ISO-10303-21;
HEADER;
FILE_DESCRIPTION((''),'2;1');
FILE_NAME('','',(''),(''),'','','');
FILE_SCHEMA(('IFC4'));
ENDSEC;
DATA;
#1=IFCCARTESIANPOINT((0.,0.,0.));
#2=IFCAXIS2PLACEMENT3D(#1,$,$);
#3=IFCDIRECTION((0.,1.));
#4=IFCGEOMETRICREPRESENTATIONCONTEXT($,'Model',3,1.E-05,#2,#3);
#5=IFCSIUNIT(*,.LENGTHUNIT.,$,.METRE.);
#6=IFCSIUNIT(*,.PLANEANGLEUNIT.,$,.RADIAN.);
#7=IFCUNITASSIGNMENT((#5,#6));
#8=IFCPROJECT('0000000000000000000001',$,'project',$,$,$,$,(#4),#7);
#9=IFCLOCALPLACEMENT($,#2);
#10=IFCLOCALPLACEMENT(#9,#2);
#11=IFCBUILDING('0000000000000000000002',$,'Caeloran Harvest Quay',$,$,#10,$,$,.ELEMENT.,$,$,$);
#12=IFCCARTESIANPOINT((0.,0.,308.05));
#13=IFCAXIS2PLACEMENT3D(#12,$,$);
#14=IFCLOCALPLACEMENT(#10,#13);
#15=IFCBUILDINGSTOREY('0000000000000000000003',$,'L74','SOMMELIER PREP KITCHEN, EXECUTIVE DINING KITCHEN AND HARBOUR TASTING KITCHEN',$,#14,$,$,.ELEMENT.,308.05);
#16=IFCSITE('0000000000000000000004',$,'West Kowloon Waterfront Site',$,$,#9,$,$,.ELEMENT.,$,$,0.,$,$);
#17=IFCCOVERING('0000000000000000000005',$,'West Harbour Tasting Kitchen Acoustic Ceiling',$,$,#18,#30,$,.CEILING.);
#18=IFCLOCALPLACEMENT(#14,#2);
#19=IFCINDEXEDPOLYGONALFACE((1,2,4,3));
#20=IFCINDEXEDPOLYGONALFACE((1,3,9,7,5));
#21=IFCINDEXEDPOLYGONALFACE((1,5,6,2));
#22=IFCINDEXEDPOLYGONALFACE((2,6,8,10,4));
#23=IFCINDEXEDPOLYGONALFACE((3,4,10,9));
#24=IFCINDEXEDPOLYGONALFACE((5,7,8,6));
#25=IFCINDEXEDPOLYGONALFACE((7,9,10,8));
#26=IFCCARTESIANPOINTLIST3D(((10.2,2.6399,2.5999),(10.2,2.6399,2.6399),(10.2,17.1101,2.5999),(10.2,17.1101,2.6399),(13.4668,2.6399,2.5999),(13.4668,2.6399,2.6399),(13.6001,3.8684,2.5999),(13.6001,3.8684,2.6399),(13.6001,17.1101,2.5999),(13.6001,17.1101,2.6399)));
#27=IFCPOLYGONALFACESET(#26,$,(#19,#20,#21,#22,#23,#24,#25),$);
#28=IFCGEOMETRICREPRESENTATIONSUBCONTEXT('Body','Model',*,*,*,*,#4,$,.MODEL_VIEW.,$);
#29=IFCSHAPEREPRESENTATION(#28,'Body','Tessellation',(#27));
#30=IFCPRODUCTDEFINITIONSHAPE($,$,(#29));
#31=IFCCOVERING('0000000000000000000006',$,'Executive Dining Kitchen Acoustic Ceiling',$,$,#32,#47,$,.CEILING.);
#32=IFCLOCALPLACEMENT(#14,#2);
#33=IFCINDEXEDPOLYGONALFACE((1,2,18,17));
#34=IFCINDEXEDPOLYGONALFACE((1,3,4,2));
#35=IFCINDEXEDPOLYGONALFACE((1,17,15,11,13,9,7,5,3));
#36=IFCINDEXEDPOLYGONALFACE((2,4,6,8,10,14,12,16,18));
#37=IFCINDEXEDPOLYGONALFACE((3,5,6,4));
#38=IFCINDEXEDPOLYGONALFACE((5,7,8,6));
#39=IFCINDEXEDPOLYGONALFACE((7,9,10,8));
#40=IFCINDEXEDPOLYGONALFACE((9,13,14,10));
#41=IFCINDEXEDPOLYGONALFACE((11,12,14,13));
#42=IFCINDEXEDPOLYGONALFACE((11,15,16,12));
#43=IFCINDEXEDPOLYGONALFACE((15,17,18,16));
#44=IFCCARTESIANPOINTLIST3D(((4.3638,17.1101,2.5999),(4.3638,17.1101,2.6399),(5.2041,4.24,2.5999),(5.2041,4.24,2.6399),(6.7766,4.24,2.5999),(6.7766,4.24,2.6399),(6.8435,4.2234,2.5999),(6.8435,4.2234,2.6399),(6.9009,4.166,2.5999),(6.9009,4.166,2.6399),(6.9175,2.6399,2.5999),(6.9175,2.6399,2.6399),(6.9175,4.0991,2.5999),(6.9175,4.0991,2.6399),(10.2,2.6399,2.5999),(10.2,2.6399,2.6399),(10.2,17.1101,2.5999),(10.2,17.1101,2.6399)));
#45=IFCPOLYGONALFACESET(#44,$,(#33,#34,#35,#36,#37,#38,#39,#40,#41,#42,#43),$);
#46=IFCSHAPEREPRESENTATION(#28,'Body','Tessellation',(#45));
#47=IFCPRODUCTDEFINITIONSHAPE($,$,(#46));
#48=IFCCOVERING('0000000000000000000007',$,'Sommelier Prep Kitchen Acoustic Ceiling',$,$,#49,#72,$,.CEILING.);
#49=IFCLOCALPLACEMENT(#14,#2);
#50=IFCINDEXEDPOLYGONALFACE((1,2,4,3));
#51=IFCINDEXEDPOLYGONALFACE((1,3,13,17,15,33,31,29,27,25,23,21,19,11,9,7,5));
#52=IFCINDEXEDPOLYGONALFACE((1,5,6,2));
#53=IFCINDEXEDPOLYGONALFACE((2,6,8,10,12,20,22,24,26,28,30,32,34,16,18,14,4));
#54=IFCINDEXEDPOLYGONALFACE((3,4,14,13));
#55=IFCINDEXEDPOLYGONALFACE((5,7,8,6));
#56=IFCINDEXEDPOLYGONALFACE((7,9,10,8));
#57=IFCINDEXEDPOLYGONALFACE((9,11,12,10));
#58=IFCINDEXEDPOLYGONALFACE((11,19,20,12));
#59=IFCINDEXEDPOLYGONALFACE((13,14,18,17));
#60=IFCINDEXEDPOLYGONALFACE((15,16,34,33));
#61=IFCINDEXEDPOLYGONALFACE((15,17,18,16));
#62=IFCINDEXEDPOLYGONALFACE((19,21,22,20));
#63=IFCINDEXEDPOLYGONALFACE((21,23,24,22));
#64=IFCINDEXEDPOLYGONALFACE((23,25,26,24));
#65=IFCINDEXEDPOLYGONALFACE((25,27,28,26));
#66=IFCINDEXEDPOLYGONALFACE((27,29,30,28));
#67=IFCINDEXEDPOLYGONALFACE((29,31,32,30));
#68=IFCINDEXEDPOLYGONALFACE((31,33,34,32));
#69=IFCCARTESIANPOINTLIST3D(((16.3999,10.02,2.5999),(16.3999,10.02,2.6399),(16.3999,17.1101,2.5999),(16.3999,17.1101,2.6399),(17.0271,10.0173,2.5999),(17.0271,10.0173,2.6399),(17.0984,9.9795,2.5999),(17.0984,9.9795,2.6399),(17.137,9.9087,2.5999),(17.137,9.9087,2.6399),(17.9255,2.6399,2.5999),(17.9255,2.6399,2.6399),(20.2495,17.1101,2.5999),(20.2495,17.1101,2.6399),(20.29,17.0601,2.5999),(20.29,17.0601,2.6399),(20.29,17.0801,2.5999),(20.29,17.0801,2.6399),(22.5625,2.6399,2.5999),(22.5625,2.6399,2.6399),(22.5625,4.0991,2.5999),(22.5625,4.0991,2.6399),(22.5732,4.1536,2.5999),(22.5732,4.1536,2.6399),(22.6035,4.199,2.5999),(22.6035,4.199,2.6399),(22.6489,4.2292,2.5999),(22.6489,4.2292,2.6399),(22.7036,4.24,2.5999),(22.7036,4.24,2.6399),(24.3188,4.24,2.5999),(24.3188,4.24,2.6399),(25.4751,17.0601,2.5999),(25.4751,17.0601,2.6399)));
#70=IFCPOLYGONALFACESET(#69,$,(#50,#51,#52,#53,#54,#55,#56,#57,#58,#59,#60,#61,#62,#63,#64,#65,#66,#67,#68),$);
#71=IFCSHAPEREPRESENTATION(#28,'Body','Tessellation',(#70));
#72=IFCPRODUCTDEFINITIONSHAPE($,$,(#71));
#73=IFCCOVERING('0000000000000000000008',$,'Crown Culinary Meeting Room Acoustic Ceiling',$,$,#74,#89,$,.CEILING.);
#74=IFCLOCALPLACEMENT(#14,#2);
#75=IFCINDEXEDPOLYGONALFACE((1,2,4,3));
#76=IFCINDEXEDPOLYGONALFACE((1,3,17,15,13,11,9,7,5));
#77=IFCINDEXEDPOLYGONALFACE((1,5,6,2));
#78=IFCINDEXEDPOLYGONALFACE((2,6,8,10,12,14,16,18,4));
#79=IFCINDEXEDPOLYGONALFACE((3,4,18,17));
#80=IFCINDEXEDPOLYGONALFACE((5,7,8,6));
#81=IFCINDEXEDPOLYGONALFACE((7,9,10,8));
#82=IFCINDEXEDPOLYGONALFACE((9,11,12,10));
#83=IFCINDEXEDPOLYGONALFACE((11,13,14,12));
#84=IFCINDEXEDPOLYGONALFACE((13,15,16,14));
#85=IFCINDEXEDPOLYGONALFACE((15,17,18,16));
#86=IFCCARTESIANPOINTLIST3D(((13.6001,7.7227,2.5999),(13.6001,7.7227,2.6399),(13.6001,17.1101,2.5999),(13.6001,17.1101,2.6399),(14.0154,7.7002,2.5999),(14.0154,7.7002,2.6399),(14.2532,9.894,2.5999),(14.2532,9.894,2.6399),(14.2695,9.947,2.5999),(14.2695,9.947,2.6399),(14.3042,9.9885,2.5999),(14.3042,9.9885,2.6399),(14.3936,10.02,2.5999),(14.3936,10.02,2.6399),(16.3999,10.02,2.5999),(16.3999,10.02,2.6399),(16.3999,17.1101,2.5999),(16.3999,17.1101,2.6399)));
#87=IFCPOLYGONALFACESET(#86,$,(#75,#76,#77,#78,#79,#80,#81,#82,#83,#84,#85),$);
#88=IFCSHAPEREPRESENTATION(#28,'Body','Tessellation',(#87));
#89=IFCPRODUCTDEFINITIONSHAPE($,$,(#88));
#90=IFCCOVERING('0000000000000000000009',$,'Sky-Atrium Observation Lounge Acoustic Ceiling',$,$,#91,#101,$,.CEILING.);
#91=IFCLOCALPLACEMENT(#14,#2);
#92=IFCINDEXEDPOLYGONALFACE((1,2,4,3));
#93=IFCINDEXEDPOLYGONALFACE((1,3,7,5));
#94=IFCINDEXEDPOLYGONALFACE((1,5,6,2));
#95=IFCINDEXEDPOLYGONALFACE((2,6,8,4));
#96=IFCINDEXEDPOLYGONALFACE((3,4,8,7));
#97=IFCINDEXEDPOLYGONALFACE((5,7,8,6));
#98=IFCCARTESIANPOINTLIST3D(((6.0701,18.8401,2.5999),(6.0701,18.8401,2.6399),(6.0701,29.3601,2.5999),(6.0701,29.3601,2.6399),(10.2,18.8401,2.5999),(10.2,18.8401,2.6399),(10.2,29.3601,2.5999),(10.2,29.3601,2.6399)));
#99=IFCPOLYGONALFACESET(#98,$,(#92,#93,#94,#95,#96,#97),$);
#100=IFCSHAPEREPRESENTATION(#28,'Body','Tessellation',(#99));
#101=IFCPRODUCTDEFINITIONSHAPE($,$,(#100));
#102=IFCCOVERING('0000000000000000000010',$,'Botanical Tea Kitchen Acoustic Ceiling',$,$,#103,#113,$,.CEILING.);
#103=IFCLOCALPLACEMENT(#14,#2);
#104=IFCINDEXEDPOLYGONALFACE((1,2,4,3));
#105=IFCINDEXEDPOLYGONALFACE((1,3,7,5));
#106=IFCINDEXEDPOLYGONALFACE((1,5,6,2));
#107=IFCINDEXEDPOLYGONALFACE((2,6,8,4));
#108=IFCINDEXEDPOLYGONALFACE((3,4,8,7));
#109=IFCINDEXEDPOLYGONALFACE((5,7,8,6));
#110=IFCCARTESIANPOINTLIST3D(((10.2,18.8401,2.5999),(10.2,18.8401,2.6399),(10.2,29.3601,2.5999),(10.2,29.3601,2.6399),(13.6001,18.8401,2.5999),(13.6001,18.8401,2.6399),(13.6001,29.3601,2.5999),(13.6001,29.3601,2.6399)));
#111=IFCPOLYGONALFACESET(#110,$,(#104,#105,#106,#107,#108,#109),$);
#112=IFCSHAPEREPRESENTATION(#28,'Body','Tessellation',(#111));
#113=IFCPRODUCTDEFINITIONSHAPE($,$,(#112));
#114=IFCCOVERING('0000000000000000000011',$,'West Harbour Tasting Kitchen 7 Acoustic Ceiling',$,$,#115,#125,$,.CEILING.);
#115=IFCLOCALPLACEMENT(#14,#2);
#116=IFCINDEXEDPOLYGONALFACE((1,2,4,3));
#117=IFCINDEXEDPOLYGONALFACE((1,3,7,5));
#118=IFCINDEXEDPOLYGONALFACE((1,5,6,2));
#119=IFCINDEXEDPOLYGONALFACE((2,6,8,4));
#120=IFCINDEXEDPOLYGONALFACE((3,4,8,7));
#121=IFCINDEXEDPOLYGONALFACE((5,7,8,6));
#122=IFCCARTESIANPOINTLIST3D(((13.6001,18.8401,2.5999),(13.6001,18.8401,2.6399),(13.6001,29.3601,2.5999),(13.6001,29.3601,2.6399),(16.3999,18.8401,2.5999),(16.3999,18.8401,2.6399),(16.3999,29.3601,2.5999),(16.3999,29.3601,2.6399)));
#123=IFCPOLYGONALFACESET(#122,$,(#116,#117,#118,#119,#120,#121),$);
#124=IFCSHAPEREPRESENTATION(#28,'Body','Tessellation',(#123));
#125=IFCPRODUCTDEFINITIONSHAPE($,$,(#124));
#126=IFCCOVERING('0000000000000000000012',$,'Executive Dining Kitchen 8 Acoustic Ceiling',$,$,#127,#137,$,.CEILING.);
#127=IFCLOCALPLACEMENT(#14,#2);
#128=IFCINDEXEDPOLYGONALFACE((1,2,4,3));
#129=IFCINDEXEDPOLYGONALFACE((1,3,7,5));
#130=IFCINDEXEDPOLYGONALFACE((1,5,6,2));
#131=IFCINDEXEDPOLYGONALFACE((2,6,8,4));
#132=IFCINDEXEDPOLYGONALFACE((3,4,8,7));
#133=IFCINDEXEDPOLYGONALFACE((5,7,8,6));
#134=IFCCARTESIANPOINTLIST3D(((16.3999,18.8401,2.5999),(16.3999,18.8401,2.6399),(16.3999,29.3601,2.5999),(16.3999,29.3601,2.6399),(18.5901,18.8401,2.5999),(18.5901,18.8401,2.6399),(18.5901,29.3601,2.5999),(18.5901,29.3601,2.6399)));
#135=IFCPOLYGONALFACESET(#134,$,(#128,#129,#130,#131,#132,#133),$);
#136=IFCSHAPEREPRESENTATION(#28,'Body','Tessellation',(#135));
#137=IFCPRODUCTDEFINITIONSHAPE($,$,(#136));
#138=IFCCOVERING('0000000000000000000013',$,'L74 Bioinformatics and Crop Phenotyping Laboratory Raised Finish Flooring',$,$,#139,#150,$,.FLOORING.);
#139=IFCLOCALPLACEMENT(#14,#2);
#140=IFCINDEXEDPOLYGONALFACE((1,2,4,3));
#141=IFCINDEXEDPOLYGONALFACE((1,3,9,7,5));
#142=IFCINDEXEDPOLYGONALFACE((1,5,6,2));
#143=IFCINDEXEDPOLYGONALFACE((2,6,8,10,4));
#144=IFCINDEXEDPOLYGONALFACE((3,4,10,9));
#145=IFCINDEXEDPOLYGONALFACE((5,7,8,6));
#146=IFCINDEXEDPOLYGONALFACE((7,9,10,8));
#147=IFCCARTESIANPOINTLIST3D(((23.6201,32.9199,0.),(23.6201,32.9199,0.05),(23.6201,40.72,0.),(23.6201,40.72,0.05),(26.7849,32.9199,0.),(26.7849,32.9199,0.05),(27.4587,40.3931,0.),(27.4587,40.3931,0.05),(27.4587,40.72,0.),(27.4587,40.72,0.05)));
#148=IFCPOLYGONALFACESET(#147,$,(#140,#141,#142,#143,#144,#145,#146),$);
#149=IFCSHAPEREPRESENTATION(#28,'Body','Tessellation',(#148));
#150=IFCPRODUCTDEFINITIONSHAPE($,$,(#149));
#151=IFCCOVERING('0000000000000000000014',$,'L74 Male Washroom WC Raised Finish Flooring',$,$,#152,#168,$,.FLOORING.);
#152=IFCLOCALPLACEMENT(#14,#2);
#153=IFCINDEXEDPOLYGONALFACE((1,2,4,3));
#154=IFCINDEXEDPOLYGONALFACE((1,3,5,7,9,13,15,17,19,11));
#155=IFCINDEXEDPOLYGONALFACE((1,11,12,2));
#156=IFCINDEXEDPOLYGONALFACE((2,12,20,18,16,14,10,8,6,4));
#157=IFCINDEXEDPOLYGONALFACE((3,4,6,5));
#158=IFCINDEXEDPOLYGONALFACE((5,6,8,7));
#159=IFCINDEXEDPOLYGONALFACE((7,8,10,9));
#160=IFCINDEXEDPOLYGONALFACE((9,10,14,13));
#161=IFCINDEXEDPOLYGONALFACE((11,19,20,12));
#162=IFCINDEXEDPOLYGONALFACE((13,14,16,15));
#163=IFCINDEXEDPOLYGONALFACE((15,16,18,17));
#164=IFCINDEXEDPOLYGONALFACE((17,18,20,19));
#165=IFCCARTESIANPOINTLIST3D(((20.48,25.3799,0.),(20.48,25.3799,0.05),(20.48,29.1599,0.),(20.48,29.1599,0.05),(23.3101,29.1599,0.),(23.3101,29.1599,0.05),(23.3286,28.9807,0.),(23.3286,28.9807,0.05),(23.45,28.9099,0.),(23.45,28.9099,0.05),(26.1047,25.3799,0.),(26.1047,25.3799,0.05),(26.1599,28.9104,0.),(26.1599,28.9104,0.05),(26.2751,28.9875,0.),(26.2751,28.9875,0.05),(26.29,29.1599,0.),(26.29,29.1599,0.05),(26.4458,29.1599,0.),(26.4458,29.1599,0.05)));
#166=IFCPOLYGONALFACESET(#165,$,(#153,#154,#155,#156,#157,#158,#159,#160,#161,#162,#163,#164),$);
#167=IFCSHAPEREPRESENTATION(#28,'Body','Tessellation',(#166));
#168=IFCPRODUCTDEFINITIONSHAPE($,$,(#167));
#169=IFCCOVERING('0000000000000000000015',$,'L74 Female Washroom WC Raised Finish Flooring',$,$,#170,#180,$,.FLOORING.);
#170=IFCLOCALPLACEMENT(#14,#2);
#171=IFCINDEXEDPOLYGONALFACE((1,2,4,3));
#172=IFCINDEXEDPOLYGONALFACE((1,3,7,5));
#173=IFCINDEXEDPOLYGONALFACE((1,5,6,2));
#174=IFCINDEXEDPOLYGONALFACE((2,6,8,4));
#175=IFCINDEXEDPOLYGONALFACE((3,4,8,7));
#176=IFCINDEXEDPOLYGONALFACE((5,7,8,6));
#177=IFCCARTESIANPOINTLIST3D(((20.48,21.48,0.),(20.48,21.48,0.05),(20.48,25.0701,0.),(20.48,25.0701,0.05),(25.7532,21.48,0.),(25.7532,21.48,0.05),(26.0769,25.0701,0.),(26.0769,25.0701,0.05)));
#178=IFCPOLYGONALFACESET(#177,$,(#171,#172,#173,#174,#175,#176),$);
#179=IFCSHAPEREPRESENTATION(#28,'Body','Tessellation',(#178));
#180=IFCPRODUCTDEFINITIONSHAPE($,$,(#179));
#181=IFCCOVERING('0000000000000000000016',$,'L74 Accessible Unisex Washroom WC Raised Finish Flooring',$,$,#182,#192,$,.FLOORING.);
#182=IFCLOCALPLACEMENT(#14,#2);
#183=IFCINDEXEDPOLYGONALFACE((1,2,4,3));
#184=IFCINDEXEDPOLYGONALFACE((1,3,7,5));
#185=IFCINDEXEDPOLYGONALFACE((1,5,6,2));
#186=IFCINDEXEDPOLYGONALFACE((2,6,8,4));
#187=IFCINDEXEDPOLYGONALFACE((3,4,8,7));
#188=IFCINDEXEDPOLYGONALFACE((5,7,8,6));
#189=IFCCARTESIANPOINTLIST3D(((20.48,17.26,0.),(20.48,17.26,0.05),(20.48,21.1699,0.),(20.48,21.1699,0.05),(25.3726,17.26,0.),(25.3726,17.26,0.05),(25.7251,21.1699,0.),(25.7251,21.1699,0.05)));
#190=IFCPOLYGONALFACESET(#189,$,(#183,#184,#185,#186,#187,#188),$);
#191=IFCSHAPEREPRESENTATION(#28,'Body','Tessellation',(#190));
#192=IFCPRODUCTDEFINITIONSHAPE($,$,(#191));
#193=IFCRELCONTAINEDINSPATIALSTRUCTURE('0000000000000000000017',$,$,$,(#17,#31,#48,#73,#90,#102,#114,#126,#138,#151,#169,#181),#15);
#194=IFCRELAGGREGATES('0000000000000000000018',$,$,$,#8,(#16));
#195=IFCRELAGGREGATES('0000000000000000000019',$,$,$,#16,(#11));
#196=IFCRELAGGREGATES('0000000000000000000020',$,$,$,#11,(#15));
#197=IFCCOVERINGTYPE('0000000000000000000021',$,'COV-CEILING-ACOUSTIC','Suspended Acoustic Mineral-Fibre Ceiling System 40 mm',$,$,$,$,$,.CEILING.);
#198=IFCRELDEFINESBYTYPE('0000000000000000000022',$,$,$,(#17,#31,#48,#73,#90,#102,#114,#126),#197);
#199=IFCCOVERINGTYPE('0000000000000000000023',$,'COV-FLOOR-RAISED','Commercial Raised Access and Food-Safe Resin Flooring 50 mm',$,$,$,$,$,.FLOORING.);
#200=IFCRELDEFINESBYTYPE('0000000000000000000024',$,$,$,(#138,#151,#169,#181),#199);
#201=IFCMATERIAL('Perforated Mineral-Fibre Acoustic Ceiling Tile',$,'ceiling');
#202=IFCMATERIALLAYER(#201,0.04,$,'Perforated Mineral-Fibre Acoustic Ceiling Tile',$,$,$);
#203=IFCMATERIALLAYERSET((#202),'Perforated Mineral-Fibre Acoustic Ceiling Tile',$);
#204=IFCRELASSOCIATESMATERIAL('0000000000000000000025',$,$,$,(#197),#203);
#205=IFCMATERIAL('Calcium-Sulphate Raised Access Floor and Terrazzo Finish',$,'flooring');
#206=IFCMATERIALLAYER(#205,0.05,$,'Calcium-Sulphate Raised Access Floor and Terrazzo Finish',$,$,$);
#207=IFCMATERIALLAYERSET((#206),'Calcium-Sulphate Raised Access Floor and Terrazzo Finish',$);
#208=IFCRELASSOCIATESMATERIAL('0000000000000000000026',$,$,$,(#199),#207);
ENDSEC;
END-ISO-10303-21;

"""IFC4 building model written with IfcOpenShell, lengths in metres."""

from ifc_helpers import new_model, si_unit, direction, frame, origin, place, context, subcontext, project, spatial, polyline, outline, extrude, material, layer, layer_set, type_object, element, save


model = new_model("IFC4")

# Units and contexts
model_context = context("Model", 3, precision=1e-05, world=origin(), true_north=direction((0.0, 1.0)))
body_context = subcontext(model_context, "Body", "Model", "MODEL_VIEW")
ifc_project = project(units=[si_unit("LENGTHUNIT", "METRE"), si_unit("PLANEANGLEUNIT", "RADIAN")], contexts=[model_context])

# Site, building, storey
site_placement = place(None, origin())
site = spatial("IfcSite", under=ifc_project, at=site_placement, Name="West Kowloon Waterfront Site", CompositionType="ELEMENT", RefElevation=0.0)
building_placement = place(site_placement, origin())
building = spatial("IfcBuilding", under=site, at=building_placement, Name="Caeloran Harvest Quay", CompositionType="ELEMENT")
storey_placement = place(building_placement, frame((0.0, 0.0, 308.05)))
storey = spatial("IfcBuildingStorey", under=building, at=storey_placement, Name="L74", Description="SOMMELIER PREP KITCHEN, EXECUTIVE DINING KITCHEN AND HARBOUR TASTING KITCHEN", CompositionType="ELEMENT", Elevation=308.05)

# Coverings
ifc_material_1 = material(Name="Perforated Mineral-Fibre Acoustic Ceiling Tile", Category="ceiling")
ifc_layer_1 = layer(ifc_material_1, 0.04, Name="Perforated Mineral-Fibre Acoustic Ceiling Tile")
ifc_layer_set_1 = layer_set([ifc_layer_1], Name="Perforated Mineral-Fibre Acoustic Ceiling Tile")
covering_type_1 = type_object("IfcCoveringType", Name="COV-CEILING-ACOUSTIC", Description="Suspended Acoustic Mineral-Fibre Ceiling System 40 mm", PredefinedType="CEILING", material=ifc_layer_set_1)
covering_1_placement = place(storey_placement, frame((0.0, 0.0, 2.5999)))
element("IfcCovering", 1, at=covering_1_placement, inside=storey, type_object=covering_type_1, Name="West Harbour Tasting Kitchen Acoustic Ceiling", PredefinedType="CEILING", context=body_context, shape_type="SweptSolid", body=[
    extrude(outline(polyline([(10.2, 2.6399), (10.2, 17.1101), (13.6001, 17.1101), (13.6001, 3.8684), (13.4668, 2.6399), (10.2, 2.6399)])), origin(), (0.0, 0.0, 1.0), 0.04),
])
covering_2_placement = place(storey_placement, frame((0.0, 0.0, 2.5999)))
element("IfcCovering", 2, at=covering_2_placement, inside=storey, type_object=covering_type_1, Name="Executive Dining Kitchen Acoustic Ceiling", PredefinedType="CEILING", context=body_context, shape_type="SweptSolid", body=[
    extrude(outline(polyline([(6.9009, 4.166), (6.8435, 4.2234), (6.7766, 4.24), (5.2041, 4.24), (4.3638, 17.1101), (10.2, 17.1101), (10.2, 2.6399), (6.9175, 2.6399), (6.9175, 4.0991), (6.9009, 4.166)])), origin(), (0.0, 0.0, 1.0), 0.04),
])
covering_3_placement = place(storey_placement, frame((0.0, 0.0, 2.5999)))
element("IfcCovering", 3, at=covering_3_placement, inside=storey, type_object=covering_type_1, Name="Sommelier Prep Kitchen Acoustic Ceiling", PredefinedType="CEILING", context=body_context, shape_type="SweptSolid", body=[
    extrude(outline(polyline([(25.4751, 17.0601), (24.3188, 4.24), (22.7036, 4.24), (22.6489, 4.2292), (22.6035, 4.199), (22.5732, 4.1536), (22.5625, 4.0991), (22.5625, 2.6399), (17.9255, 2.6399), (17.137, 9.9087), (17.0984, 9.9795), (17.0271, 10.0173), (16.3999, 10.02), (16.3999, 17.1101), (20.2495, 17.1101), (20.29, 17.0801), (20.29, 17.0601), (25.4751, 17.0601)])), origin(), (0.0, 0.0, 1.0), 0.04),
])
covering_4_placement = place(storey_placement, frame((0.0, 0.0, 2.5999)))
element("IfcCovering", 4, at=covering_4_placement, inside=storey, type_object=covering_type_1, Name="Crown Culinary Meeting Room Acoustic Ceiling", PredefinedType="CEILING", context=body_context, shape_type="SweptSolid", body=[
    extrude(outline(polyline([(16.3999, 17.1101), (16.3999, 10.02), (14.3936, 10.02), (14.3042, 9.9885), (14.2695, 9.947), (14.2532, 9.894), (14.0154, 7.7002), (13.6001, 7.7227), (13.6001, 17.1101), (16.3999, 17.1101)])), origin(), (0.0, 0.0, 1.0), 0.04),
])
covering_5_placement = place(storey_placement, frame((0.0, 0.0, 2.5999)))
element("IfcCovering", 5, at=covering_5_placement, inside=storey, type_object=covering_type_1, Name="Sky-Atrium Observation Lounge Acoustic Ceiling", PredefinedType="CEILING", context=body_context, shape_type="SweptSolid", body=[
    extrude(outline(polyline([(10.2, 29.3601), (10.2, 18.8401), (6.0701, 18.8401), (6.0701, 29.3601), (10.2, 29.3601)])), origin(), (0.0, 0.0, 1.0), 0.04),
])
covering_6_placement = place(storey_placement, frame((0.0, 0.0, 2.5999)))
element("IfcCovering", 6, at=covering_6_placement, inside=storey, type_object=covering_type_1, Name="Botanical Tea Kitchen Acoustic Ceiling", PredefinedType="CEILING", context=body_context, shape_type="SweptSolid", body=[
    extrude(outline(polyline([(10.2, 29.3601), (13.6001, 29.3601), (13.6001, 18.8401), (10.2, 18.8401), (10.2, 29.3601)])), origin(), (0.0, 0.0, 1.0), 0.04),
])
covering_7_placement = place(storey_placement, frame((0.0, 0.0, 2.5999)))
element("IfcCovering", 7, at=covering_7_placement, inside=storey, type_object=covering_type_1, Name="West Harbour Tasting Kitchen 7 Acoustic Ceiling", PredefinedType="CEILING", context=body_context, shape_type="SweptSolid", body=[
    extrude(outline(polyline([(13.6001, 29.3601), (16.3999, 29.3601), (16.3999, 18.8401), (13.6001, 18.8401), (13.6001, 29.3601)])), origin(), (0.0, 0.0, 1.0), 0.04),
])
covering_8_placement = place(storey_placement, frame((0.0, 0.0, 2.5999)))
element("IfcCovering", 8, at=covering_8_placement, inside=storey, type_object=covering_type_1, Name="Executive Dining Kitchen 8 Acoustic Ceiling", PredefinedType="CEILING", context=body_context, shape_type="SweptSolid", body=[
    extrude(outline(polyline([(16.3999, 29.3601), (18.5901, 29.3601), (18.5901, 18.8401), (16.3999, 18.8401), (16.3999, 29.3601)])), origin(), (0.0, 0.0, 1.0), 0.04),
])
ifc_material_2 = material(Name="Calcium-Sulphate Raised Access Floor and Terrazzo Finish", Category="flooring")
ifc_layer_2 = layer(ifc_material_2, 0.05, Name="Calcium-Sulphate Raised Access Floor and Terrazzo Finish")
ifc_layer_set_2 = layer_set([ifc_layer_2], Name="Calcium-Sulphate Raised Access Floor and Terrazzo Finish")
covering_type_2 = type_object("IfcCoveringType", Name="COV-FLOOR-RAISED", Description="Commercial Raised Access and Food-Safe Resin Flooring 50 mm", PredefinedType="FLOORING", material=ifc_layer_set_2)
covering_9_placement = place(storey_placement, origin())
element("IfcCovering", 9, at=covering_9_placement, inside=storey, type_object=covering_type_2, Name="L74 Bioinformatics and Crop Phenotyping Laboratory Raised Finish Flooring", PredefinedType="FLOORING", context=body_context, shape_type="SweptSolid", body=[
    extrude(outline(polyline([(27.4587, 40.3931), (26.7849, 32.9199), (23.6201, 32.9199), (23.6201, 40.72), (27.4587, 40.72), (27.4587, 40.3931)])), origin(), (0.0, 0.0, 1.0), 0.05),
])
covering_10_placement = place(storey_placement, origin())
element("IfcCovering", 10, at=covering_10_placement, inside=storey, type_object=covering_type_2, Name="L74 Male Washroom WC Raised Finish Flooring", PredefinedType="FLOORING", context=body_context, shape_type="SweptSolid", body=[
    extrude(outline(polyline([(23.3101, 29.1599), (23.3286, 28.9807), (23.45, 28.9099), (26.1599, 28.9104), (26.2751, 28.9875), (26.29, 29.1599), (26.4458, 29.1599), (26.1047, 25.3799), (20.48, 25.3799), (20.48, 29.1599), (23.3101, 29.1599)])), origin(), (0.0, 0.0, 1.0), 0.05),
])
covering_11_placement = place(storey_placement, origin())
element("IfcCovering", 11, at=covering_11_placement, inside=storey, type_object=covering_type_2, Name="L74 Female Washroom WC Raised Finish Flooring", PredefinedType="FLOORING", context=body_context, shape_type="SweptSolid", body=[
    extrude(outline(polyline([(26.0769, 25.0701), (25.7532, 21.48), (20.48, 21.48), (20.48, 25.0701), (26.0769, 25.0701)])), origin(), (0.0, 0.0, 1.0), 0.05),
])
covering_12_placement = place(storey_placement, origin())
element("IfcCovering", 12, at=covering_12_placement, inside=storey, type_object=covering_type_2, Name="L74 Accessible Unisex Washroom WC Raised Finish Flooring", PredefinedType="FLOORING", context=body_context, shape_type="SweptSolid", body=[
    extrude(outline(polyline([(25.7251, 21.1699), (25.3726, 17.26), (20.48, 17.26), (20.48, 21.1699), (25.7251, 21.1699)])), origin(), (0.0, 0.0, 1.0), 0.05),
])

save(model, "model.ifc")
